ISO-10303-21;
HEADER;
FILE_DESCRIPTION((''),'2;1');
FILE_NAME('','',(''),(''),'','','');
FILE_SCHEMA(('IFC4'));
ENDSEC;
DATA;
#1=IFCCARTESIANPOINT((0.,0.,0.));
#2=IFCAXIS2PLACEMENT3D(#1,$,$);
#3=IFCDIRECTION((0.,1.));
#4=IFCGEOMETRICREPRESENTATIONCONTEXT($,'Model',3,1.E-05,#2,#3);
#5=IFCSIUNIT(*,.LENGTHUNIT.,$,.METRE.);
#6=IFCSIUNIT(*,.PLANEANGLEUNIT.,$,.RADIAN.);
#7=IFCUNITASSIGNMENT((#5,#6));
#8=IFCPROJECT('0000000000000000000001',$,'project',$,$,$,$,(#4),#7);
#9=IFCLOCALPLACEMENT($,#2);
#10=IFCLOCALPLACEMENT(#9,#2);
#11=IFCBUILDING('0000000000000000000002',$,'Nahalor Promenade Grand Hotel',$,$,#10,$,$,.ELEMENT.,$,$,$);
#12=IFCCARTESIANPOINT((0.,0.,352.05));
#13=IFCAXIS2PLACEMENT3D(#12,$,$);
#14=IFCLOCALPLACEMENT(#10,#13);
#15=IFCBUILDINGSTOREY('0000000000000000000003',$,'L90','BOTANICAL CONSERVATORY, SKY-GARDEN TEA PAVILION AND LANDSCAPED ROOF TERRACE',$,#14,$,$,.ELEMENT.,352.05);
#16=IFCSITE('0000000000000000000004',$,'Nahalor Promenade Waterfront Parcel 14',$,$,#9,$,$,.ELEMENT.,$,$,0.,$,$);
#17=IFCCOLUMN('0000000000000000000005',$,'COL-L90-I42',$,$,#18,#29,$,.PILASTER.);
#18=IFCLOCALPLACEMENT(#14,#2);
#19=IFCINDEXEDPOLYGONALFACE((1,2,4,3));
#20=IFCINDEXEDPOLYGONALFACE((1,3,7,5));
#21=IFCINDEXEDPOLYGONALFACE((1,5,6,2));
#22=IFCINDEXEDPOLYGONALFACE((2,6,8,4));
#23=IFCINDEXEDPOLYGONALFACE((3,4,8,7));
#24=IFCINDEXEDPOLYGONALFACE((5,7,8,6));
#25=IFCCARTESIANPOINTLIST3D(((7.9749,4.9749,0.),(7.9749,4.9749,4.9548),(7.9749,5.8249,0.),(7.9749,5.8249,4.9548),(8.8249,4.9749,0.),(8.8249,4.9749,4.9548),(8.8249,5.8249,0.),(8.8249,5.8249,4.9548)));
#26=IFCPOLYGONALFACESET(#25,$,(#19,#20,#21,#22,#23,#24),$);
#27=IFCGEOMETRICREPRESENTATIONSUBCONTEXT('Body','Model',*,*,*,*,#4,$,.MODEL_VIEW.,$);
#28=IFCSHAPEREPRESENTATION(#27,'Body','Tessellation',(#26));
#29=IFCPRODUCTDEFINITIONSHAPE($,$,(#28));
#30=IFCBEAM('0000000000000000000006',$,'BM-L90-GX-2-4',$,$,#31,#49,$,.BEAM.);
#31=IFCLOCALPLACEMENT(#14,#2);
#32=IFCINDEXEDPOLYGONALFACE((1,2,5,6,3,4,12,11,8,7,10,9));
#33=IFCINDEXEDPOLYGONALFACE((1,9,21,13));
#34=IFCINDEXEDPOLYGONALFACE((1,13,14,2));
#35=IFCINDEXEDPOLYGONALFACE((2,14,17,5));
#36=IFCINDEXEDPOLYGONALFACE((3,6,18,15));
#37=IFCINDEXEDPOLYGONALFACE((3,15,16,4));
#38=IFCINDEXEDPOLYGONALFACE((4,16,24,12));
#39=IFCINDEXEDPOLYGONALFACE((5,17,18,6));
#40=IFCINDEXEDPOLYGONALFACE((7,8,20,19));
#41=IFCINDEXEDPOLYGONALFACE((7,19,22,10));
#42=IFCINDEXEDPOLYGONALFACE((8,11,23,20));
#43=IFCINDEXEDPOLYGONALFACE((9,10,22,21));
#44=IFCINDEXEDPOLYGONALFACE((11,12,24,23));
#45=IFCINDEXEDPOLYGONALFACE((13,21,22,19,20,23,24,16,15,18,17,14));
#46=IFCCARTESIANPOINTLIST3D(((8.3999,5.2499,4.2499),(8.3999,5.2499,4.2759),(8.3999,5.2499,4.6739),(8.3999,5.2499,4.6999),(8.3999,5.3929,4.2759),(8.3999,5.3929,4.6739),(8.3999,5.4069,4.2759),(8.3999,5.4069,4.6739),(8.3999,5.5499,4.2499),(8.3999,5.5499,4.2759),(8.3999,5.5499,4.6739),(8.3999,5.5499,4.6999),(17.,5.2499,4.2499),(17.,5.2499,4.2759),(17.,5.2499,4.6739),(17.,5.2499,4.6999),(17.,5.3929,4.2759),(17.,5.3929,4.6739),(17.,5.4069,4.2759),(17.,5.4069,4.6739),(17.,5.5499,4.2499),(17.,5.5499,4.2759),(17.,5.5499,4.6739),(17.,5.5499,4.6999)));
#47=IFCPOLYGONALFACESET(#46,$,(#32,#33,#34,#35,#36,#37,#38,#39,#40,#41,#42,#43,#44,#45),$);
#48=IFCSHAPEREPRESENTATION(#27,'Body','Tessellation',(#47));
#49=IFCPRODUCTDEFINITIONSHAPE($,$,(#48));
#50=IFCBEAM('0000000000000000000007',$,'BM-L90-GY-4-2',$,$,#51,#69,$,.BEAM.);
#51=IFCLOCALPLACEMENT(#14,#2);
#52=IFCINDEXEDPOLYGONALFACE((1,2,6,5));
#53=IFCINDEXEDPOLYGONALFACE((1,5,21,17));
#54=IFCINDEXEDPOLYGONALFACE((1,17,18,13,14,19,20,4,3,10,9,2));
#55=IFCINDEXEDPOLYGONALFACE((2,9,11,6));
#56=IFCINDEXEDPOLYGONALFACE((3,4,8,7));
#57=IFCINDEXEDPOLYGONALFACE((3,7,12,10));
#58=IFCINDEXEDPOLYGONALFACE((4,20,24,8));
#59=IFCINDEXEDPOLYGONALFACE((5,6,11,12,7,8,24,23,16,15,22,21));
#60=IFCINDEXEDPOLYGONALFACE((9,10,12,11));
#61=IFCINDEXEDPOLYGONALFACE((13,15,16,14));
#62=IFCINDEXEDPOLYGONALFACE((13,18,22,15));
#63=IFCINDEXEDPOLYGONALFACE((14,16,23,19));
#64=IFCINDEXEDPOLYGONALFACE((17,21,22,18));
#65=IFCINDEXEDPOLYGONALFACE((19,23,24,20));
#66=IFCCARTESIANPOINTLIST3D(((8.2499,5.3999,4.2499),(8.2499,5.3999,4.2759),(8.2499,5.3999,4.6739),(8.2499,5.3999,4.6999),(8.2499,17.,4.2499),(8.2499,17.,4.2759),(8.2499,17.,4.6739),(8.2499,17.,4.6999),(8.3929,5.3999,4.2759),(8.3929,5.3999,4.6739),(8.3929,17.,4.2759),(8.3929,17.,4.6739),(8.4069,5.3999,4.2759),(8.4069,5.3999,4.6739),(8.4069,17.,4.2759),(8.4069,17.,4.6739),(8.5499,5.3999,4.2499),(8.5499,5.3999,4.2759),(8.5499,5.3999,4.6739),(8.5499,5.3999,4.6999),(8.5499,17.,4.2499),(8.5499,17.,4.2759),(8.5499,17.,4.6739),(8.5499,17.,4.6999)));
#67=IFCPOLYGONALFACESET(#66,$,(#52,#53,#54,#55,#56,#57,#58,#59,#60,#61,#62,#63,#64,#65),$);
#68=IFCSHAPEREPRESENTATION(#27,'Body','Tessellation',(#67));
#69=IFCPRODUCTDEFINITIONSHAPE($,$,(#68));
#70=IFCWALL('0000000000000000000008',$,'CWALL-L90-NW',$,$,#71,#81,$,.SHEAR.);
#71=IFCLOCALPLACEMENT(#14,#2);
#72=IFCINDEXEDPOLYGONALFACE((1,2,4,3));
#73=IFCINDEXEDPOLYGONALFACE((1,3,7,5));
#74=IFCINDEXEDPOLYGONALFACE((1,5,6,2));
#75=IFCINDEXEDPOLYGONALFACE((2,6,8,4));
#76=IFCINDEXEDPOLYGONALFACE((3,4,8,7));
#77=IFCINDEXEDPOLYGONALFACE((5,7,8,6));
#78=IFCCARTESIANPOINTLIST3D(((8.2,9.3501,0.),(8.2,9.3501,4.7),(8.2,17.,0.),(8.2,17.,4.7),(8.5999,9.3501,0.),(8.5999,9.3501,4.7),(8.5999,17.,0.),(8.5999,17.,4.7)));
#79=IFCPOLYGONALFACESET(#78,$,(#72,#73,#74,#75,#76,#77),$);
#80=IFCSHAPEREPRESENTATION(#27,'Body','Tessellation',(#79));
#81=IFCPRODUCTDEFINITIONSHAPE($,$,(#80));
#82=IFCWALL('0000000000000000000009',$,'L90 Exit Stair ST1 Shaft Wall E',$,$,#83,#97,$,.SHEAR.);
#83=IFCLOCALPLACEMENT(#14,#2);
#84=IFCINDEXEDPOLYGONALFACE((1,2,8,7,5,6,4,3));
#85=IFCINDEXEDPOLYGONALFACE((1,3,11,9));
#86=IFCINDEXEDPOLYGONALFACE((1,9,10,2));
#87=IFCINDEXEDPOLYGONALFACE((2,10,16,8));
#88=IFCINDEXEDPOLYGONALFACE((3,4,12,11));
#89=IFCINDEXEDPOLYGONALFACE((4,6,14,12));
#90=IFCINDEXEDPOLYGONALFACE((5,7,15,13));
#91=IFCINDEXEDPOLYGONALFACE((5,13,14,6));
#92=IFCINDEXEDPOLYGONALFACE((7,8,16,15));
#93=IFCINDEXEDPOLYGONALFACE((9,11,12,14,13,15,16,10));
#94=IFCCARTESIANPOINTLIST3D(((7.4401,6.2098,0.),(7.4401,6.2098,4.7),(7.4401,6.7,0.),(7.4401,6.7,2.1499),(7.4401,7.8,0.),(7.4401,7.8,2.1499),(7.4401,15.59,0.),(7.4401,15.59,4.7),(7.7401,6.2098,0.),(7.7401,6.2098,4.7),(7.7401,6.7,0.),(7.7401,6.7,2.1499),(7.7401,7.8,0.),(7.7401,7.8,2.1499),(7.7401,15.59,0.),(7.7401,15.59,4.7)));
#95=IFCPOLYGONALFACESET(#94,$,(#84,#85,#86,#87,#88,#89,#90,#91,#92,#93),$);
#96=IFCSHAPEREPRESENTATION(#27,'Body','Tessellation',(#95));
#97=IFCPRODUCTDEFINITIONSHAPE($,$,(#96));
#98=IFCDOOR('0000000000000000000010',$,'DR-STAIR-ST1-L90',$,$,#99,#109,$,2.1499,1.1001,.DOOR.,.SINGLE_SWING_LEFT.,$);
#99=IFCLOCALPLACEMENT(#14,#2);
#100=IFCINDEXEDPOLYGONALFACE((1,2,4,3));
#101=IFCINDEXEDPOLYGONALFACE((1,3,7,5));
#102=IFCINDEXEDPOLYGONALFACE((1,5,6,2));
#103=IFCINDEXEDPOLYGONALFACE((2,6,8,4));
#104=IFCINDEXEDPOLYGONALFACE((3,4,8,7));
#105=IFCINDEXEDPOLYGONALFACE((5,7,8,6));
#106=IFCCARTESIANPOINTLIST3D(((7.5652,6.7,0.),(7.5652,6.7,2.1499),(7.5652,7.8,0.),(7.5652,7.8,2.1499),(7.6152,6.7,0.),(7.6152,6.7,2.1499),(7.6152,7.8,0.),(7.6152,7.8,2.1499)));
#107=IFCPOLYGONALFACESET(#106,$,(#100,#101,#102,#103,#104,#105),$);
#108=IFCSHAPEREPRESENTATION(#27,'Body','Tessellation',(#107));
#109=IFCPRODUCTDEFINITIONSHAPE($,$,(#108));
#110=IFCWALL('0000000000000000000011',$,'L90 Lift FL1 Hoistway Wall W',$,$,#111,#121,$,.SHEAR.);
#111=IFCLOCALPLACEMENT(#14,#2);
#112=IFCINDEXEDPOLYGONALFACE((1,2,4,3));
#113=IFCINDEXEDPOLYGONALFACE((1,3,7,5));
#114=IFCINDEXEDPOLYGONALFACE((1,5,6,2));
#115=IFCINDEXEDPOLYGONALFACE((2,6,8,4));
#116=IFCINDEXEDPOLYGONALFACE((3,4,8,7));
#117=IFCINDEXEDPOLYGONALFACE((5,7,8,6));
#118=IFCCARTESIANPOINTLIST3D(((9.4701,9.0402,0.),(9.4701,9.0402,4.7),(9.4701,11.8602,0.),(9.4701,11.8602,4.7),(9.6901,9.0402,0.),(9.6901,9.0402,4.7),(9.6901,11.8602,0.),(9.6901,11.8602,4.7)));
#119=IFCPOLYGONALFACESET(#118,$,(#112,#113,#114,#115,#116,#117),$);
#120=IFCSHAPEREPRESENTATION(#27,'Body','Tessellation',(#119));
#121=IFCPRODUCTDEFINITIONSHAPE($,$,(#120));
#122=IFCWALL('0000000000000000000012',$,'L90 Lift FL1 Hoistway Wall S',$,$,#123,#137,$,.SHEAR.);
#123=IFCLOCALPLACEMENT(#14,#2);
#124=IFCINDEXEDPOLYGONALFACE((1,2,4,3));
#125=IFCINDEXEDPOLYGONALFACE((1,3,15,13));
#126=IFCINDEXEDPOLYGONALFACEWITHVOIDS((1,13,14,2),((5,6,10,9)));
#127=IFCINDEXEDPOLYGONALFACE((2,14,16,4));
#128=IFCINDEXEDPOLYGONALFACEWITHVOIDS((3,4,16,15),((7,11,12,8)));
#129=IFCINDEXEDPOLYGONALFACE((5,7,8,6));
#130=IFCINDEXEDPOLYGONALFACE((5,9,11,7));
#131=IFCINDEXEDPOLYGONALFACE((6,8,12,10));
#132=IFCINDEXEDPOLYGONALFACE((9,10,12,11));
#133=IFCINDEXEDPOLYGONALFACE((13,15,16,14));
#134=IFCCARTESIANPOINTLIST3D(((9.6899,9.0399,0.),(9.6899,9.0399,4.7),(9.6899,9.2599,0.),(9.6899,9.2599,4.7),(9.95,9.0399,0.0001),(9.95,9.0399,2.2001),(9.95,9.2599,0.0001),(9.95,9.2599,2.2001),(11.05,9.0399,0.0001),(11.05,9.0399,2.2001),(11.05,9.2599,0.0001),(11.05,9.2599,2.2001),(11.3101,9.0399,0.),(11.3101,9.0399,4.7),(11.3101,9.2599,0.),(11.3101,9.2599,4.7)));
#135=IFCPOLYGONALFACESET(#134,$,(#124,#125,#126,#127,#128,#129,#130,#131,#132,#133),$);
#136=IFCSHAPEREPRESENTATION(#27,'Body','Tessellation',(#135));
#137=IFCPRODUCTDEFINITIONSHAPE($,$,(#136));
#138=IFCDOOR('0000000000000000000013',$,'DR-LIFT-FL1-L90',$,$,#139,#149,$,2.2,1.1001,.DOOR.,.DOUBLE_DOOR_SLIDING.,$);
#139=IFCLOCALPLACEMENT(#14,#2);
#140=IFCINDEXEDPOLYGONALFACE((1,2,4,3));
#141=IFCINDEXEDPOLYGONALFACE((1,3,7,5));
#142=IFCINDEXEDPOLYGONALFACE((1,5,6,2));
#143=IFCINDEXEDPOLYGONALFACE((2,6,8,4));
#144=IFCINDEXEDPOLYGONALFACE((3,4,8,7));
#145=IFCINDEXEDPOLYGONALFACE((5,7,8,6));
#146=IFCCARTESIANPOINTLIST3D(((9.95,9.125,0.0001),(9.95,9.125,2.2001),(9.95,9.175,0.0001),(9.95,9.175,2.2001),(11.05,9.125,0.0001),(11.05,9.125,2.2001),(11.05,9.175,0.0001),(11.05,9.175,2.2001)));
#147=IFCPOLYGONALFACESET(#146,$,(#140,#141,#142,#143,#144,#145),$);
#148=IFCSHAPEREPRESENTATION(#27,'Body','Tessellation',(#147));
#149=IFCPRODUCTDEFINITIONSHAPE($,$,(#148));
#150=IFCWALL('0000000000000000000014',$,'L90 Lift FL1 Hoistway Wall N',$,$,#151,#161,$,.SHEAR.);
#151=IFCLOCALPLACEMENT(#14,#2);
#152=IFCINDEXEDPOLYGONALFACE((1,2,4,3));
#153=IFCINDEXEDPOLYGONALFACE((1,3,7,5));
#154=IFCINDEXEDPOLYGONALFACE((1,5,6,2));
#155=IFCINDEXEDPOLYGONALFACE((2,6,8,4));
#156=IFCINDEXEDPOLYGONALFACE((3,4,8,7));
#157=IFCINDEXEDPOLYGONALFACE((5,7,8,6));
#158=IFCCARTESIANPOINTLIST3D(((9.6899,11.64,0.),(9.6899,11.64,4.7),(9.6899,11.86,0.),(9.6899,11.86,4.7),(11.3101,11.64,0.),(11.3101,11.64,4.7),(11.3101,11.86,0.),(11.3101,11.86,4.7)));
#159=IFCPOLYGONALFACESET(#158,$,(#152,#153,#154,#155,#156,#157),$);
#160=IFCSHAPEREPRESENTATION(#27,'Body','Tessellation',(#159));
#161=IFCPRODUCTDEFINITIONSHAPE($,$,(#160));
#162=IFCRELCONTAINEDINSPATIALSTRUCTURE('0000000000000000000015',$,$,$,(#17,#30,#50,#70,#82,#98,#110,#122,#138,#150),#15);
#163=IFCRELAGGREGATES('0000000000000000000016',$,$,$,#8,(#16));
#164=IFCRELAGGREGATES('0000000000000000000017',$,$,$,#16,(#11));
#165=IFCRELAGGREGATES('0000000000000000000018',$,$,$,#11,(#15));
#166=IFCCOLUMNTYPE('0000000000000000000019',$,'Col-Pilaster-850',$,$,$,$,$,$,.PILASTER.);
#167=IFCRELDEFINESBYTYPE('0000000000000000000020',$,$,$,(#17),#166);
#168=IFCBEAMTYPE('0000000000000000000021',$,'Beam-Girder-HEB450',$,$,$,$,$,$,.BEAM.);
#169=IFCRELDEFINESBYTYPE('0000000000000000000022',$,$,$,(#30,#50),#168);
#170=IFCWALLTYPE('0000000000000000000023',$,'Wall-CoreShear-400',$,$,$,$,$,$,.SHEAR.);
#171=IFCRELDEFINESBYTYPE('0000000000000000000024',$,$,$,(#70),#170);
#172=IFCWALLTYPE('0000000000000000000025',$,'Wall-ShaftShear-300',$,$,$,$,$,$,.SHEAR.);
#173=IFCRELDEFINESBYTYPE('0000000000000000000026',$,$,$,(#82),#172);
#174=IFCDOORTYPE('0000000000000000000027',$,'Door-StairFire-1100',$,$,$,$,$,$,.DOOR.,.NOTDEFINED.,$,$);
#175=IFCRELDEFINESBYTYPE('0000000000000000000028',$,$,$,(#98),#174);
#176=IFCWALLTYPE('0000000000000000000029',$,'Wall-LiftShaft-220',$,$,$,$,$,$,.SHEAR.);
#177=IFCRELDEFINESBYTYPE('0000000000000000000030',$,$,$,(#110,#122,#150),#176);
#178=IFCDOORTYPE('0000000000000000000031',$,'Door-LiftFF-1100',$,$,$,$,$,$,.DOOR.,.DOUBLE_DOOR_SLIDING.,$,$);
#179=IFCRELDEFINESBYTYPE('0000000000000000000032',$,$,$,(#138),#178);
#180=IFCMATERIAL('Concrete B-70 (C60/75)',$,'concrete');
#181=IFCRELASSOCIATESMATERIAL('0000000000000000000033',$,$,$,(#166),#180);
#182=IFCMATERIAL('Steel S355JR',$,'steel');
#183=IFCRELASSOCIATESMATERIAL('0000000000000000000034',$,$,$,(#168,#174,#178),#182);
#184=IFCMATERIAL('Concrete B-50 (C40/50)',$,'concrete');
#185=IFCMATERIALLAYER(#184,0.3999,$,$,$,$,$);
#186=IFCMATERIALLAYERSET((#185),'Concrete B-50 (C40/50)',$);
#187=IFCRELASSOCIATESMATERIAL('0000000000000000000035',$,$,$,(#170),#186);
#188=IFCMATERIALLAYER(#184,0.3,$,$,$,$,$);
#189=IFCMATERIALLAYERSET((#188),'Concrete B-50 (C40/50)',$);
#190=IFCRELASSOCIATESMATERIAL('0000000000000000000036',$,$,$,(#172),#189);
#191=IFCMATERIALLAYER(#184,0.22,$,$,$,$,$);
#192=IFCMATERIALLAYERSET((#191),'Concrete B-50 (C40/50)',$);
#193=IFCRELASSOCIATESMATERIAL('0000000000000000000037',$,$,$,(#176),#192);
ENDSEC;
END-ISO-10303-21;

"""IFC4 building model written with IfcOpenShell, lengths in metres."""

from ifc_helpers import new_model, si_unit, direction, frame, frame_2d, origin, origin_2d, place, context, subcontext, project, spatial, rectangle, i_section, extrude, source, transform, mapped, material, layer, layer_set, material_profile, profile_set, type_object, element, fill, save


model = new_model("IFC4")

# Units and contexts
model_context = context("Model", 3, precision=1e-05, world=origin(), true_north=direction((0.0, 1.0)))
body_context = subcontext(model_context, "Body", "Model", "MODEL_VIEW")
ifc_project = project(units=[si_unit("LENGTHUNIT", "METRE"), si_unit("PLANEANGLEUNIT", "RADIAN")], contexts=[model_context])

# Site, building, storey
site_placement = place(None, origin())
site = spatial("IfcSite", under=ifc_project, at=site_placement, Name="Nahalor Promenade Waterfront Parcel 14", CompositionType="ELEMENT", RefElevation=0.0)
building_placement = place(site_placement, origin())
building = spatial("IfcBuilding", under=site, at=building_placement, Name="Nahalor Promenade Grand Hotel", CompositionType="ELEMENT")
storey_placement = place(building_placement, frame((0.0, 0.0, 352.05)))
storey = spatial("IfcBuildingStorey", under=building, at=storey_placement, Name="L90", Description="BOTANICAL CONSERVATORY, SKY-GARDEN TEA PAVILION AND LANDSCAPED ROOF TERRACE", CompositionType="ELEMENT", Elevation=352.05)

# Column
ifc_material_1 = material(Name="Concrete B-70 (C60/75)", Category="concrete")
ifc_material_profile_1 = material_profile(ifc_material_1, rectangle(XDim=0.85, YDim=0.85, at=origin_2d()), Name="RC 850x850")
ifc_profile_set_1 = profile_set([ifc_material_profile_1], Name="Concrete B-70 (C60/75)")
column_type = type_object("IfcColumnType", Name="Col-Pilaster-850", PredefinedType="PILASTER", material=ifc_profile_set_1)
shared_shape_1 = source(origin(), body_context, "Body", "SweptSolid", [
    extrude(rectangle(XDim=0.85, YDim=0.85, at=origin_2d()), origin(), (0.0, 0.0, 1.0), 4.9548),
])
column_placement = place(storey_placement, frame((8.3999, 5.3999, 0.0), z_axis=(0.0, 0.0, 1.0), x_axis=(1.0, 0.0, 0.0)))
element("IfcColumn", 1, at=column_placement, inside=storey, type_object=column_type, Name="COL-L90-I42", PredefinedType="PILASTER", context=body_context, shape_type="MappedRepresentation", body=[
    mapped(shared_shape_1, transform((0.0, 0.0, 0.0), scale=1.0)),
])

# Beams
ifc_material_2 = material(Name="Steel S355JR", Category="steel")
ifc_material_profile_2 = material_profile(ifc_material_2, i_section(OverallWidth=0.3, OverallDepth=0.45, WebThickness=0.014, FlangeThickness=0.026, at=origin_2d()), Name="HEB 450")
ifc_profile_set_2 = profile_set([ifc_material_profile_2], Name="Steel S355JR")
beam_type = type_object("IfcBeamType", Name="Beam-Girder-HEB450", PredefinedType="BEAM", material=ifc_profile_set_2)
shared_shape_2 = source(origin(), body_context, "Body", "SweptSolid", [
    extrude(i_section(OverallWidth=0.3, OverallDepth=0.45, WebThickness=0.014, FlangeThickness=0.026, at=origin_2d()), origin(), (0.0, 0.0, 1.0), 8.6001),
])
beam_1_placement = place(storey_placement, frame((8.3999, 5.3999, 4.4749), z_axis=(1.0, 0.0, 0.0), x_axis=(0.0, 1.0, 0.0)))
element("IfcBeam", 2, at=beam_1_placement, inside=storey, type_object=beam_type, Name="BM-L90-GX-2-4", PredefinedType="BEAM", context=body_context, shape_type="MappedRepresentation", body=[
    mapped(shared_shape_2, transform((0.0, 0.0, 0.0), scale=1.0)),
])
shared_shape_3 = source(origin(), body_context, "Body", "SweptSolid", [
    extrude(i_section(OverallWidth=0.3, OverallDepth=0.45, WebThickness=0.014, FlangeThickness=0.026, at=origin_2d()), origin(), (0.0, 0.0, 1.0), 11.6001),
])
beam_2_placement = place(storey_placement, frame((8.3999, 5.3999, 4.4749), z_axis=(0.0, 1.0, 0.0), x_axis=(-1.0, 0.0, 0.0)))
element("IfcBeam", 3, at=beam_2_placement, inside=storey, type_object=beam_type, Name="BM-L90-GY-4-2", PredefinedType="BEAM", context=body_context, shape_type="MappedRepresentation", body=[
    mapped(shared_shape_3, transform((0.0, 0.0, 0.0), scale=1.0)),
])

# Wall
ifc_material_3 = material(Name="Concrete B-50 (C40/50)", Category="concrete")
ifc_layer_1 = layer(ifc_material_3, 0.3999)
ifc_layer_set_1 = layer_set([ifc_layer_1], Name="Concrete B-50 (C40/50)")
wall_type_1 = type_object("IfcWallType", Name="Wall-CoreShear-400", PredefinedType="SHEAR", material=ifc_layer_set_1)
shared_shape_4 = source(origin(), body_context, "Body", "SweptSolid", [
    extrude(rectangle(XDim=7.6499, YDim=0.3999, at=frame_2d((3.825, 0.0))), origin(), (0.0, 0.0, 1.0), 4.7),
])
wall_1_placement = place(storey_placement, frame((8.3999, 9.3501, 0.0), z_axis=(0.0, 0.0, 1.0), x_axis=(0.0, 1.0, 0.0)))
element("IfcWall", 4, at=wall_1_placement, inside=storey, type_object=wall_type_1, Name="CWALL-L90-NW", PredefinedType="SHEAR", context=body_context, shape_type="MappedRepresentation", body=[
    mapped(shared_shape_4, transform((0.0, 0.0, 0.0), scale=1.0)),
])

# Wall, opening, door
ifc_layer_2 = layer(ifc_material_3, 0.3)
ifc_layer_set_2 = layer_set([ifc_layer_2], Name="Concrete B-50 (C40/50)")
wall_type_2 = type_object("IfcWallType", Name="Wall-ShaftShear-300", PredefinedType="SHEAR", material=ifc_layer_set_2)
shared_shape_5 = source(origin(), body_context, "Body", "SweptSolid", [
    extrude(rectangle(XDim=9.3801, YDim=0.3, at=frame_2d((4.6899, 0.0))), origin(), (0.0, 0.0, 1.0), 4.7),
])
wall_2_placement = place(storey_placement, frame((7.5901, 6.21, 0.0), z_axis=(0.0, 0.0, 1.0), x_axis=(0.0, 1.0, 0.0)))
wall_2 = element("IfcWall", 5, at=wall_2_placement, inside=storey, type_object=wall_type_2, Name="L90 Exit Stair ST1 Shaft Wall E", PredefinedType="SHEAR", context=body_context, shape_type="MappedRepresentation", body=[
    mapped(shared_shape_5, transform((0.0, 0.0, 0.0), scale=1.0)),
])
opening_1_placement = place(wall_2_placement, frame((0.49, 0.0, 0.0)))
opening_1 = element("IfcOpeningElement", 6, at=opening_1_placement, cuts=wall_2, PredefinedType="OPENING", context=body_context, shape_type="SweptSolid", body=[
    extrude(rectangle(XDim=1.1001, YDim=2.1499, at=frame_2d((0.55, 1.075))), frame((0.0, 0.1599, 0.0), z_axis=(0.0, -1.0, 0.0), x_axis=(1.0, 0.0, 0.0)), (0.0, 0.0, 1.0), 0.3201),
])
door_type_1 = type_object("IfcDoorType", Name="Door-StairFire-1100", OperationType="NOTDEFINED", PredefinedType="DOOR", material=ifc_material_2)
shared_shape_6 = source(origin(), body_context, "Body", "SweptSolid", [
    extrude(rectangle(XDim=1.1001, YDim=2.1499, at=frame_2d((0.55, 1.075))), frame((0.0, 0.0249, 0.0), z_axis=(0.0, -1.0, 0.0), x_axis=(1.0, 0.0, 0.0)), (0.0, 0.0, 1.0), 0.05),
])
door_1_placement = place(opening_1_placement, origin())
door_1 = element("IfcDoor", 7, at=door_1_placement, inside=storey, type_object=door_type_1, Name="DR-STAIR-ST1-L90", OperationType="SINGLE_SWING_LEFT", OverallHeight=2.1499, OverallWidth=1.1001, PredefinedType="DOOR", context=body_context, shape_type="MappedRepresentation", body=[
    mapped(shared_shape_6, transform((0.0, 0.0, 0.0), scale=1.0)),
])
fill(opening_1, door_1)

# Wall
ifc_layer_3 = layer(ifc_material_3, 0.22)
ifc_layer_set_3 = layer_set([ifc_layer_3], Name="Concrete B-50 (C40/50)")
wall_type_3 = type_object("IfcWallType", Name="Wall-LiftShaft-220", PredefinedType="SHEAR", material=ifc_layer_set_3)
shared_shape_7 = source(origin(), body_context, "Body", "SweptSolid", [
    extrude(rectangle(XDim=2.8201, YDim=0.22, at=frame_2d((1.4102, 0.0))), origin(), (0.0, 0.0, 1.0), 4.7),
])
wall_3_placement = place(storey_placement, frame((9.5801, 9.04, 0.0), z_axis=(0.0, 0.0, 1.0), x_axis=(0.0, 1.0, 0.0)))
element("IfcWall", 8, at=wall_3_placement, inside=storey, type_object=wall_type_3, Name="L90 Lift FL1 Hoistway Wall W", PredefinedType="SHEAR", context=body_context, shape_type="MappedRepresentation", body=[
    mapped(shared_shape_7, transform((0.0, 0.0, 0.0), scale=1.0)),
])

# Wall, opening, door
shared_shape_8 = source(origin(), body_context, "Body", "SweptSolid", [
    extrude(rectangle(XDim=1.6201, YDim=0.22, at=frame_2d((0.8101, 0.0))), origin(), (0.0, 0.0, 1.0), 4.7),
])
wall_4_placement = place(storey_placement, frame((9.6899, 9.1499, 0.0), z_axis=(0.0, 0.0, 1.0), x_axis=(1.0, 0.0, 0.0)))
wall_4 = element("IfcWall", 9, at=wall_4_placement, inside=storey, type_object=wall_type_3, Name="L90 Lift FL1 Hoistway Wall S", PredefinedType="SHEAR", context=body_context, shape_type="MappedRepresentation", body=[
    mapped(shared_shape_8, transform((0.0, 0.0, 0.0), scale=1.0)),
])
opening_2_placement = place(wall_4_placement, frame((0.26, 0.0, 0.0)))
opening_2 = element("IfcOpeningElement", 10, at=opening_2_placement, cuts=wall_4, PredefinedType="OPENING", context=body_context, shape_type="SweptSolid", body=[
    extrude(rectangle(XDim=1.1001, YDim=2.2, at=frame_2d((0.55, 1.1001))), frame((0.0, 0.1199, 0.0), z_axis=(0.0, -1.0, 0.0), x_axis=(1.0, 0.0, 0.0)), (0.0, 0.0, 1.0), 0.24),
])
door_type_2 = type_object("IfcDoorType", Name="Door-LiftFF-1100", OperationType="DOUBLE_DOOR_SLIDING", PredefinedType="DOOR", material=ifc_material_2)
shared_shape_9 = source(origin(), body_context, "Body", "SweptSolid", [
    extrude(rectangle(XDim=1.1001, YDim=2.2, at=frame_2d((0.55, 1.1001))), frame((0.0, 0.0249, 0.0), z_axis=(0.0, -1.0, 0.0), x_axis=(1.0, 0.0, 0.0)), (0.0, 0.0, 1.0), 0.05),
])
door_2_placement = place(opening_2_placement, frame((1.1001, 0.0, 0.0), z_axis=(0.0, 0.0, 1.0), x_axis=(-1.0, 0.0, 0.0)))
door_2 = element("IfcDoor", 11, at=door_2_placement, inside=storey, type_object=door_type_2, Name="DR-LIFT-FL1-L90", OperationType="DOUBLE_DOOR_SLIDING", OverallHeight=2.2, OverallWidth=1.1001, PredefinedType="DOOR", context=body_context, shape_type="MappedRepresentation", body=[
    mapped(shared_shape_9, transform((0.0, 0.0, 0.0), scale=1.0)),
])
fill(opening_2, door_2)

# Wall
wall_5_placement = place(storey_placement, frame((9.6899, 11.75, 0.0), z_axis=(0.0, 0.0, 1.0), x_axis=(1.0, 0.0, 0.0)))
element("IfcWall", 12, at=wall_5_placement, inside=storey, type_object=wall_type_3, Name="L90 Lift FL1 Hoistway Wall N", PredefinedType="SHEAR", context=body_context, shape_type="MappedRepresentation", body=[
    mapped(shared_shape_8, transform((0.0, 0.0, 0.0), scale=1.0)),
])

save(model, "model.ifc")
